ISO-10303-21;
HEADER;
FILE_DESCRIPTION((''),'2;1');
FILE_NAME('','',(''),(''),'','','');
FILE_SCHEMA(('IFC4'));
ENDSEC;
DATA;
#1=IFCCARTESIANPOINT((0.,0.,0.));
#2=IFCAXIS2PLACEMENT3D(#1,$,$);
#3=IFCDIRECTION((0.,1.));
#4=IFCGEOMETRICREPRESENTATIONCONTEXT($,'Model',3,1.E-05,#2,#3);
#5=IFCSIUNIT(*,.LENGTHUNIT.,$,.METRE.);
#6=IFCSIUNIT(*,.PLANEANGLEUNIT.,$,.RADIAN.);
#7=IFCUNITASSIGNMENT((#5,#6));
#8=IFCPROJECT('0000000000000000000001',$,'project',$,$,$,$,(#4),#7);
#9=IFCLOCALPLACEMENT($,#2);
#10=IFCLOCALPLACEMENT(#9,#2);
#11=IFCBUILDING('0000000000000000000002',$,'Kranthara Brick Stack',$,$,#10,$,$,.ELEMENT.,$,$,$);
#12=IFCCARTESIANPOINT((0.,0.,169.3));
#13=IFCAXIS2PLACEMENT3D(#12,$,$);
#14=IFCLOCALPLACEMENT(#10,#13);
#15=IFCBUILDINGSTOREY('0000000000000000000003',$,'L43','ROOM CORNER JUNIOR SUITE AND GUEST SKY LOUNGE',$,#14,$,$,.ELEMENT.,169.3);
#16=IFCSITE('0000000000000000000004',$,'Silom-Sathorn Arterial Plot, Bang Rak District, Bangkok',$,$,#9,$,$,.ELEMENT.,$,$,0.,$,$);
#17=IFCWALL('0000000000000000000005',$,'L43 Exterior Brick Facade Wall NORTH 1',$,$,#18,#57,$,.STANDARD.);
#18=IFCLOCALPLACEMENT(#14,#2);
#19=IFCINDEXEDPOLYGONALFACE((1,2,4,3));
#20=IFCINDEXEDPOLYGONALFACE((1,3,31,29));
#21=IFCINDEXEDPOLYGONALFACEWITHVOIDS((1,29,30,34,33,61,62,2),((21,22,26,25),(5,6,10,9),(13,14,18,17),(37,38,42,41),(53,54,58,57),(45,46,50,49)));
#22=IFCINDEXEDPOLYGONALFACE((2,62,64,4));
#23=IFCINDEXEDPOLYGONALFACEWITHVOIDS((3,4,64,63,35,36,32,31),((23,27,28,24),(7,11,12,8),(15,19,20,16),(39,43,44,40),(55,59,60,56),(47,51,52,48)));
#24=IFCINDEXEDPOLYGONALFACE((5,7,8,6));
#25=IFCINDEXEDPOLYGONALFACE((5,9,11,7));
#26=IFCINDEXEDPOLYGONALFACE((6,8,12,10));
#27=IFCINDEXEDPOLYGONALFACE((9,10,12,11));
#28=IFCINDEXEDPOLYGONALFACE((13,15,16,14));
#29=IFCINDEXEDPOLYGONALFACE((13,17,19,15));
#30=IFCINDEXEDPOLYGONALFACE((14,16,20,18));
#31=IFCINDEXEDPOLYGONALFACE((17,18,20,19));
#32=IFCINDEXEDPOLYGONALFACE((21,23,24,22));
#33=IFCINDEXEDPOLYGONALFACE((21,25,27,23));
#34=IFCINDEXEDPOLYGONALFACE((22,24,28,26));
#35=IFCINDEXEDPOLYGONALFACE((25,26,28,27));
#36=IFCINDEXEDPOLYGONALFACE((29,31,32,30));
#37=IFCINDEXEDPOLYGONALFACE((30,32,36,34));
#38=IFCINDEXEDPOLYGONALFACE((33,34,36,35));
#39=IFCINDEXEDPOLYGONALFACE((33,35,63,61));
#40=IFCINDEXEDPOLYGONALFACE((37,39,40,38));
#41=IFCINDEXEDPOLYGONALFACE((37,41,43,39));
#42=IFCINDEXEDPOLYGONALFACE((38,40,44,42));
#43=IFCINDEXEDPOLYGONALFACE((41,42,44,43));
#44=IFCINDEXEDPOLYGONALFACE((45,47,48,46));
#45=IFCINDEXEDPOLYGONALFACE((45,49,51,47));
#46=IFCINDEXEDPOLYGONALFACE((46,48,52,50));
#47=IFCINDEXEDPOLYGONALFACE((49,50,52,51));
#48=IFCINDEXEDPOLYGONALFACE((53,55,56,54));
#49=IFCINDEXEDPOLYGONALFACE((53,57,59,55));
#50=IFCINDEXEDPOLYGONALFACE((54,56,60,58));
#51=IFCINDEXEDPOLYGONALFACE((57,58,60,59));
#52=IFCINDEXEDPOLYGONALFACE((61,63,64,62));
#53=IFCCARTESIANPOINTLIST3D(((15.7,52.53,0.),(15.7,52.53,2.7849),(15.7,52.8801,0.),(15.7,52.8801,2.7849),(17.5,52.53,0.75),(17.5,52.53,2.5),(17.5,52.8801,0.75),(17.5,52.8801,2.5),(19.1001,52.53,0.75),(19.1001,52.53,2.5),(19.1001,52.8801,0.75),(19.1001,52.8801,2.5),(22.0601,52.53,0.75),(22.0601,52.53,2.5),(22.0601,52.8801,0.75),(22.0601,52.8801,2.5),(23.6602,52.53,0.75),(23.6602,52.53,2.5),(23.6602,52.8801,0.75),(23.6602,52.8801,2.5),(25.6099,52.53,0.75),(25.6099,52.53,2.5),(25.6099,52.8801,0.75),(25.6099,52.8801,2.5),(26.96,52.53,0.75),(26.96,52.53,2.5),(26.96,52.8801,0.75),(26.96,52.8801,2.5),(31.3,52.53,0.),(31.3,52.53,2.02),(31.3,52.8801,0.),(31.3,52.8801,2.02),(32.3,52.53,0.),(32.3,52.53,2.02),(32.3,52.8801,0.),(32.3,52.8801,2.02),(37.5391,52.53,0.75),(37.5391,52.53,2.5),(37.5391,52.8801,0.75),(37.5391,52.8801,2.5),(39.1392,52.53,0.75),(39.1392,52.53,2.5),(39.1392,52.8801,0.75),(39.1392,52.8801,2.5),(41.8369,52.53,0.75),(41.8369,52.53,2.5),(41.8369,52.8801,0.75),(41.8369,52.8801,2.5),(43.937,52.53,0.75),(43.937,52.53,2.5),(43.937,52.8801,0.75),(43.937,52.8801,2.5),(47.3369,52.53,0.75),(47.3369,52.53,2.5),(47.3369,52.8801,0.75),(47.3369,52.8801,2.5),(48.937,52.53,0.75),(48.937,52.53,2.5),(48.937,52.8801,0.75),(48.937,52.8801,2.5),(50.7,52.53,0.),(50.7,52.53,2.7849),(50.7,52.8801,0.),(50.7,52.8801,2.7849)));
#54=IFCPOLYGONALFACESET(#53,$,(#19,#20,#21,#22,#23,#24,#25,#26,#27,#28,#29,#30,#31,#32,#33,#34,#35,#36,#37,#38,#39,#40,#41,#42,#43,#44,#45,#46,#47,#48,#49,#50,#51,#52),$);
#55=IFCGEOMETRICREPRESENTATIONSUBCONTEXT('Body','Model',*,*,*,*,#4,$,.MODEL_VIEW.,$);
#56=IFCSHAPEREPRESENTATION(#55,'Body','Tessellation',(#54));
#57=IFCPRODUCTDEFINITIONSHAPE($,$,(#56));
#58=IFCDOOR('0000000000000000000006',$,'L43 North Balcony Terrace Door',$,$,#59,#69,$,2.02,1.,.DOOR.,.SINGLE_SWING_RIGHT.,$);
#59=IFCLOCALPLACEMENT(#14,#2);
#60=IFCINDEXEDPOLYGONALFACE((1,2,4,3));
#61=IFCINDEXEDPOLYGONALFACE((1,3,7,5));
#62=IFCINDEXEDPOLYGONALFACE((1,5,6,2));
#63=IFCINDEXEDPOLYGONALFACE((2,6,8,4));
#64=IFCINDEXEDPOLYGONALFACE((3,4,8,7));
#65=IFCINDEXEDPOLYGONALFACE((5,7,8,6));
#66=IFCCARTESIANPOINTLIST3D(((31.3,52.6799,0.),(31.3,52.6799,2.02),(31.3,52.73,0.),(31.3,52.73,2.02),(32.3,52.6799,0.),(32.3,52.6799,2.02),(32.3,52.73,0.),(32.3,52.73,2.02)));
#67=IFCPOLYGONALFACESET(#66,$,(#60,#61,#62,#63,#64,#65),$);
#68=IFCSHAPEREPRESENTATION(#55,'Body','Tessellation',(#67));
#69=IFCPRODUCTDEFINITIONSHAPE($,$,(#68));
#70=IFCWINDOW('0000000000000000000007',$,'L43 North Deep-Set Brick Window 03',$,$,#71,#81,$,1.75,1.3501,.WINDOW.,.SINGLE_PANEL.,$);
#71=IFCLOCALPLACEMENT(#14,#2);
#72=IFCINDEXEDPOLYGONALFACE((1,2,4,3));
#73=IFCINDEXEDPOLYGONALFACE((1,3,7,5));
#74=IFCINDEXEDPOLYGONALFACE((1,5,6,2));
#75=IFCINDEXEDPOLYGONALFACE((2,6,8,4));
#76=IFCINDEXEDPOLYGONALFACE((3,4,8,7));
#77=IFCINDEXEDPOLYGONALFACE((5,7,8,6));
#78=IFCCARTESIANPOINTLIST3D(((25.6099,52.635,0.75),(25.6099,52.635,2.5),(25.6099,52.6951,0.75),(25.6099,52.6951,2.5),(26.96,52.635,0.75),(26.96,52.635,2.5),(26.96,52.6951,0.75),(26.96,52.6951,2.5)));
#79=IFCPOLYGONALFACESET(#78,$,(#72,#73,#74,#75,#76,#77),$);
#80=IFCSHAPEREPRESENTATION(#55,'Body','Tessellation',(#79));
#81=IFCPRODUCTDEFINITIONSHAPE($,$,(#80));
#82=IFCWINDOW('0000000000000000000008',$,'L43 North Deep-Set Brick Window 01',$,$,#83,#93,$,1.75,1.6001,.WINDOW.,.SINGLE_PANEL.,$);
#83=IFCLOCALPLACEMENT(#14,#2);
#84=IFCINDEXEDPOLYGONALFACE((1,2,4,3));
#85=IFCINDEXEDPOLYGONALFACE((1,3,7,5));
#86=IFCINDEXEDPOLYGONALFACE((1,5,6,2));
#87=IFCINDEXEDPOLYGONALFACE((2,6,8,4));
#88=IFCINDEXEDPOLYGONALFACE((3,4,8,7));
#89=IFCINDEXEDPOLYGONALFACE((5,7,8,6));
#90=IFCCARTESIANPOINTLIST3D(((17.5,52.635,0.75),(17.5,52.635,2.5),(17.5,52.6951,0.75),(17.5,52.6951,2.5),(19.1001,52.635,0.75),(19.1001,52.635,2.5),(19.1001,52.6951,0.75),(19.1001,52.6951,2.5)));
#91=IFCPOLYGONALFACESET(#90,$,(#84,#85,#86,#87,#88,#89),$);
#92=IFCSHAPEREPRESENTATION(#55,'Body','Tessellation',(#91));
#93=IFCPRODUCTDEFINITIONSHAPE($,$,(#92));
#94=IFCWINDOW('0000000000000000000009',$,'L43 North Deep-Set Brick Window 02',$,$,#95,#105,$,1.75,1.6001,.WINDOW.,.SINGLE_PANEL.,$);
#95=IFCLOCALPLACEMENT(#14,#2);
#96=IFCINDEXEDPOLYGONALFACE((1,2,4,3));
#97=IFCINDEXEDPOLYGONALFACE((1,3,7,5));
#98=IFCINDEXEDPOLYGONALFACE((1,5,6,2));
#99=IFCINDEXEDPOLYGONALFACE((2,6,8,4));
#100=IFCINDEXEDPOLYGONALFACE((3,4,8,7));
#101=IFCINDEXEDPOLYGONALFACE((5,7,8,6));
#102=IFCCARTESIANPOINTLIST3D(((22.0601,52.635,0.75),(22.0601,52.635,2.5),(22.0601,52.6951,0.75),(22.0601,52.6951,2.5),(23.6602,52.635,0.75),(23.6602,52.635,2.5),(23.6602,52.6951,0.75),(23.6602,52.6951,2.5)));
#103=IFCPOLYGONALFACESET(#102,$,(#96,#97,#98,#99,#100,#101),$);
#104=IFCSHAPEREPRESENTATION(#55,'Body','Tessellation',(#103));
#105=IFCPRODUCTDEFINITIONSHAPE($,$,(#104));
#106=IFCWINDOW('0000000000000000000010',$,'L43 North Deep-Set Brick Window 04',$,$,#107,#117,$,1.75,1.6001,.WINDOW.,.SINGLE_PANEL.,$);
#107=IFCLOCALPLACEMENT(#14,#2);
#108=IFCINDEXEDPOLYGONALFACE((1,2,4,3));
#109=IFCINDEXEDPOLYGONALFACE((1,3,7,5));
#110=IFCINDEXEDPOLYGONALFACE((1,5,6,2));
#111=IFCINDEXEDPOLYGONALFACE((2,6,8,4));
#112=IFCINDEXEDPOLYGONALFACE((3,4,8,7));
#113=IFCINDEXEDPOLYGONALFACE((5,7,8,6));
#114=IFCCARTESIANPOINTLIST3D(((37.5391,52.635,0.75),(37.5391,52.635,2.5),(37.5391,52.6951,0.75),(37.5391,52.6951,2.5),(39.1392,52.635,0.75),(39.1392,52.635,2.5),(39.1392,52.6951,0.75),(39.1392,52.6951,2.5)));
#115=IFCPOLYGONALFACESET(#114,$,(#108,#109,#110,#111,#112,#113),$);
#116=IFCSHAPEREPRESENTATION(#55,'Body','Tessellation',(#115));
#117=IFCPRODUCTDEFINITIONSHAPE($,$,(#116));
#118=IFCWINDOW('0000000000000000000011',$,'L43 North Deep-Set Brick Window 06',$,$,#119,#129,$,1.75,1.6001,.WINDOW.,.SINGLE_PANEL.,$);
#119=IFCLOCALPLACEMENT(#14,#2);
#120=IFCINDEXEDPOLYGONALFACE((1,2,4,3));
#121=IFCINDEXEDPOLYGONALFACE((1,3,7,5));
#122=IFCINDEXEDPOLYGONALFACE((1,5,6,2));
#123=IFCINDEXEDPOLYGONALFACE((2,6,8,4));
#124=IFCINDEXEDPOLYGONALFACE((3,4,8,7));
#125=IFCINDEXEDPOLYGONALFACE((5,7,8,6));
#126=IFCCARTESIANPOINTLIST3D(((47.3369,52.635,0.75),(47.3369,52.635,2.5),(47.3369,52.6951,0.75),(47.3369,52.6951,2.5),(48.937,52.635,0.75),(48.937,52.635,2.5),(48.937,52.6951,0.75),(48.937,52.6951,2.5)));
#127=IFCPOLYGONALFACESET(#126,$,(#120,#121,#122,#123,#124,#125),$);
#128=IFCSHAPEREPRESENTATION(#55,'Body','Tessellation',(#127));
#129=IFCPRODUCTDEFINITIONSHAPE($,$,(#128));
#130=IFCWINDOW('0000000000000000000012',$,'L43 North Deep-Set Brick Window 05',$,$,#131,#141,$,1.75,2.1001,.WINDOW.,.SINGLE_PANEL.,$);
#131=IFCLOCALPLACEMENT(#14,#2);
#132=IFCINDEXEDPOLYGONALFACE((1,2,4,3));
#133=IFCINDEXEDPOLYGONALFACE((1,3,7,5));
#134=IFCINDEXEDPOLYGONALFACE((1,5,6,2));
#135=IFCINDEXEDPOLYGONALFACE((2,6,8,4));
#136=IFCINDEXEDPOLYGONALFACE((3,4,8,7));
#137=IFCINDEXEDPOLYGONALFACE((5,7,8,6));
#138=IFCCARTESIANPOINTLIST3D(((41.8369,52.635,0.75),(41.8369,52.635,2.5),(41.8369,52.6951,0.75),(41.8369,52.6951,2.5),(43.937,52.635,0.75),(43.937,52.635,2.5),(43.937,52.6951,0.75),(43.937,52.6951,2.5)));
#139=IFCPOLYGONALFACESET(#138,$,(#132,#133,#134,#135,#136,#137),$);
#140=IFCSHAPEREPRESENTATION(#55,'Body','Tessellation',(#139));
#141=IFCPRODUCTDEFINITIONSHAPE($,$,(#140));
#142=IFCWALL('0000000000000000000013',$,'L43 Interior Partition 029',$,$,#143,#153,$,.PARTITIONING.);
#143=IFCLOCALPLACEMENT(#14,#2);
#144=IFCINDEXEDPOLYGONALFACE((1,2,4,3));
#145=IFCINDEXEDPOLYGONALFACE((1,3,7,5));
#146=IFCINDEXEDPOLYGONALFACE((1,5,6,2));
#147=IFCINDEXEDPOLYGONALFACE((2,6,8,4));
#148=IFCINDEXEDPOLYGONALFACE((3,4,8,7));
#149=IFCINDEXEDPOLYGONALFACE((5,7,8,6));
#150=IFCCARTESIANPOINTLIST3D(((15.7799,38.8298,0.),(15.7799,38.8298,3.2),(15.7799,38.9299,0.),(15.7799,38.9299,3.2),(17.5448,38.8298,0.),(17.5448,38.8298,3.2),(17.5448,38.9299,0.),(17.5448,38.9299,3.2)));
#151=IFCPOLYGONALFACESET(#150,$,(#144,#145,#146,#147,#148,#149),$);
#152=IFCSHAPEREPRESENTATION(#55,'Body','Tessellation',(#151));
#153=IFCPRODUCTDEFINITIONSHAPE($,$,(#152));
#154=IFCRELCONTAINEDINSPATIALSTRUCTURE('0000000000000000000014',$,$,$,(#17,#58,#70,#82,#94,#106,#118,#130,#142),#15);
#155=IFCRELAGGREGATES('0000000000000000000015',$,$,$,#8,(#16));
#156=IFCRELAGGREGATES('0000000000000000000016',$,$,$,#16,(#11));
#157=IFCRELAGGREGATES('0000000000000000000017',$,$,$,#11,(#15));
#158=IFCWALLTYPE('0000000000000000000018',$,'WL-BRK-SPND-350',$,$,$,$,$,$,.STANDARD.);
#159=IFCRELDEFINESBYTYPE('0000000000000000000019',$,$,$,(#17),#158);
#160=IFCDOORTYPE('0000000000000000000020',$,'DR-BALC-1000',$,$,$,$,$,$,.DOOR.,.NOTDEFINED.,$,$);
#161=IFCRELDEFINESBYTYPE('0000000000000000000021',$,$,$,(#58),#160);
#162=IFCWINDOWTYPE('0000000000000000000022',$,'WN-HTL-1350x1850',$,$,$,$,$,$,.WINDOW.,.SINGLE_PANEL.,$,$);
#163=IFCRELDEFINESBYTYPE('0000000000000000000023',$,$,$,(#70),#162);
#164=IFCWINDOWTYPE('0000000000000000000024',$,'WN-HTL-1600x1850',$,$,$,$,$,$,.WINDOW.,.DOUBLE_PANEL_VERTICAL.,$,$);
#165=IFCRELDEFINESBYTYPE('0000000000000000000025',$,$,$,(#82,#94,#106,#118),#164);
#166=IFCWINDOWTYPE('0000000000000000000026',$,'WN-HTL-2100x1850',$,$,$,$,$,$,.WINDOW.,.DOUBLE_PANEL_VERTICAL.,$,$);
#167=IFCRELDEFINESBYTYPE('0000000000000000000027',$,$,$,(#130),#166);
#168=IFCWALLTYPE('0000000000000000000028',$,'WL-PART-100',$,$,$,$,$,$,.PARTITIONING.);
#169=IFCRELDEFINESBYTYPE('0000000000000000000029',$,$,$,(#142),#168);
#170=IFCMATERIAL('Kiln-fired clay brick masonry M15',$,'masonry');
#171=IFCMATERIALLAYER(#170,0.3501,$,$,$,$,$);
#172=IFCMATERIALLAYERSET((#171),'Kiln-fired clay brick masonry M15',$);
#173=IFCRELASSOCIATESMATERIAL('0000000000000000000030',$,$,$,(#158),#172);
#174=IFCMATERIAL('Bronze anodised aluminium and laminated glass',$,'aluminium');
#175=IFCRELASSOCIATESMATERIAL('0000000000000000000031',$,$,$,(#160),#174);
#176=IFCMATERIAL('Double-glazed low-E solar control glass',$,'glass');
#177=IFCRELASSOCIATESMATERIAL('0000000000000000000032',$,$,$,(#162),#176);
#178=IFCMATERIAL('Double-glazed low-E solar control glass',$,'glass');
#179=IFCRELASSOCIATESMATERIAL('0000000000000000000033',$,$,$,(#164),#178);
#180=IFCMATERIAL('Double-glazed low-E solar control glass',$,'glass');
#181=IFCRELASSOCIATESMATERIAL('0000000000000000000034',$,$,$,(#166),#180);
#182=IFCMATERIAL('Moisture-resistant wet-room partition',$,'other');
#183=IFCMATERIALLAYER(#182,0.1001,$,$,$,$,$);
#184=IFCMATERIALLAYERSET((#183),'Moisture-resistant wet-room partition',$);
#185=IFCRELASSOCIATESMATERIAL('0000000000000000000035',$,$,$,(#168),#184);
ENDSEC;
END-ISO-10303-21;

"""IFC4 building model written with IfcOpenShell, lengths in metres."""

from ifc_helpers import new_model, si_unit, direction, frame, frame_2d, origin, place, context, subcontext, project, spatial, rectangle, extrude, material, layer, layer_set, type_object, element, fill, save


model = new_model("IFC4")

# Units and contexts
model_context = context("Model", 3, precision=1e-05, world=origin(), true_north=direction((0.0, 1.0)))
body_context = subcontext(model_context, "Body", "Model", "MODEL_VIEW")
ifc_project = project(units=[si_unit("LENGTHUNIT", "METRE"), si_unit("PLANEANGLEUNIT", "RADIAN")], contexts=[model_context])

# Site, building, storey
site_placement = place(None, origin())
site = spatial("IfcSite", under=ifc_project, at=site_placement, Name="Silom-Sathorn Arterial Plot, Bang Rak District, Bangkok", CompositionType="ELEMENT", RefElevation=0.0)
building_placement = place(site_placement, origin())
building = spatial("IfcBuilding", under=site, at=building_placement, Name="Kranthara Brick Stack", CompositionType="ELEMENT")
storey_placement = place(building_placement, frame((0.0, 0.0, 169.3)))
storey = spatial("IfcBuildingStorey", under=building, at=storey_placement, Name="L43", Description="ROOM CORNER JUNIOR SUITE AND GUEST SKY LOUNGE", CompositionType="ELEMENT", Elevation=169.3)

# Shared definitions
ifc_material_1 = material(Name="Kiln-fired clay brick masonry M15", Category="masonry")
ifc_layer_1 = layer(ifc_material_1, 0.3501)
ifc_layer_set_1 = layer_set([ifc_layer_1], Name="Kiln-fired clay brick masonry M15")
wall_type_1 = type_object("IfcWallType", Name="WL-BRK-SPND-350", PredefinedType="STANDARD", material=ifc_layer_set_1)

# Wall, openings, door, windows
wall_1_placement = place(storey_placement, frame((15.7, 52.7051, 0.0), z_axis=(0.0, 0.0, 1.0), x_axis=(1.0, 0.0, 0.0)))
wall_1 = element("IfcWall", 1, at=wall_1_placement, inside=storey, type_object=wall_type_1, Name="L43 Exterior Brick Facade Wall NORTH 1", PredefinedType="STANDARD", context=body_context, shape_type="SweptSolid", body=[
    extrude(rectangle(XDim=35.0, YDim=0.3501, at=frame_2d((17.5, 0.0))), origin(), (0.0, 0.0, 1.0), 2.7849),
])
opening_1_placement = place(wall_1_placement, frame((15.6001, 0.0, 0.0)))
opening_1 = element("IfcOpeningElement", 2, at=opening_1_placement, cuts=wall_1, PredefinedType="OPENING", context=body_context, shape_type="SweptSolid", body=[
    extrude(rectangle(XDim=1.0, YDim=2.02, at=frame_2d((0.5, 1.01))), frame((0.0, 0.1851, 0.0), z_axis=(0.0, -1.0, 0.0), x_axis=(1.0, 0.0, 0.0)), (0.0, 0.0, 1.0), 0.3701),
])
opening_2_placement = place(wall_1_placement, frame((1.8, 0.0, 0.75)))
opening_2 = element("IfcOpeningElement", 3, at=opening_2_placement, cuts=wall_1, PredefinedType="OPENING", context=body_context, shape_type="SweptSolid", body=[
    extrude(rectangle(XDim=1.6001, YDim=1.75, at=frame_2d((0.8, 0.875))), frame((0.0, 0.1851, 0.0), z_axis=(0.0, -1.0, 0.0), x_axis=(1.0, 0.0, 0.0)), (0.0, 0.0, 1.0), 0.3701),
])
opening_3_placement = place(wall_1_placement, frame((6.3601, 0.0, 0.75)))
opening_3 = element("IfcOpeningElement", 4, at=opening_3_placement, cuts=wall_1, PredefinedType="OPENING", context=body_context, shape_type="SweptSolid", body=[
    extrude(rectangle(XDim=1.6001, YDim=1.75, at=frame_2d((0.8, 0.875))), frame((0.0, 0.1851, 0.0), z_axis=(0.0, -1.0, 0.0), x_axis=(1.0, 0.0, 0.0)), (0.0, 0.0, 1.0), 0.3701),
])
opening_4_placement = place(wall_1_placement, frame((9.9099, 0.0, 0.75)))
opening_4 = element("IfcOpeningElement", 5, at=opening_4_placement, cuts=wall_1, PredefinedType="OPENING", context=body_context, shape_type="SweptSolid", body=[
    extrude(rectangle(XDim=1.3501, YDim=1.75, at=frame_2d((0.675, 0.875))), frame((0.0, 0.1851, 0.0), z_axis=(0.0, -1.0, 0.0), x_axis=(1.0, 0.0, 0.0)), (0.0, 0.0, 1.0), 0.3701),
])
opening_5_placement = place(wall_1_placement, frame((21.8391, 0.0, 0.75)))
opening_5 = element("IfcOpeningElement", 6, at=opening_5_placement, cuts=wall_1, PredefinedType="OPENING", context=body_context, shape_type="SweptSolid", body=[
    extrude(rectangle(XDim=1.6001, YDim=1.75, at=frame_2d((0.8, 0.875))), frame((0.0, 0.1851, 0.0), z_axis=(0.0, -1.0, 0.0), x_axis=(1.0, 0.0, 0.0)), (0.0, 0.0, 1.0), 0.3701),
])
opening_6_placement = place(wall_1_placement, frame((26.137, 0.0, 0.75)))
opening_6 = element("IfcOpeningElement", 7, at=opening_6_placement, cuts=wall_1, PredefinedType="OPENING", context=body_context, shape_type="SweptSolid", body=[
    extrude(rectangle(XDim=2.1001, YDim=1.75, at=frame_2d((1.05, 0.875))), frame((0.0, 0.1851, 0.0), z_axis=(0.0, -1.0, 0.0), x_axis=(1.0, 0.0, 0.0)), (0.0, 0.0, 1.0), 0.3701),
])
opening_7_placement = place(wall_1_placement, frame((31.637, 0.0, 0.75)))
opening_7 = element("IfcOpeningElement", 8, at=opening_7_placement, cuts=wall_1, PredefinedType="OPENING", context=body_context, shape_type="SweptSolid", body=[
    extrude(rectangle(XDim=1.6001, YDim=1.75, at=frame_2d((0.8, 0.875))), frame((0.0, 0.1851, 0.0), z_axis=(0.0, -1.0, 0.0), x_axis=(1.0, 0.0, 0.0)), (0.0, 0.0, 1.0), 0.3701),
])
ifc_material_2 = material(Name="Bronze anodised aluminium and laminated glass", Category="aluminium")
door_type = type_object("IfcDoorType", Name="DR-BALC-1000", OperationType="NOTDEFINED", PredefinedType="DOOR", material=ifc_material_2)
door_placement = place(opening_1_placement, origin())
door = element("IfcDoor", 9, at=door_placement, inside=storey, type_object=door_type, Name="L43 North Balcony Terrace Door", OperationType="SINGLE_SWING_RIGHT", OverallHeight=2.02, OverallWidth=1.0, PredefinedType="DOOR", context=body_context, shape_type="SweptSolid", body=[
    extrude(rectangle(XDim=1.0, YDim=2.02, at=frame_2d((0.5, 1.01))), frame((0.0, 0.0249, 0.0), z_axis=(0.0, -1.0, 0.0), x_axis=(1.0, 0.0, 0.0)), (0.0, 0.0, 1.0), 0.05),
])
fill(opening_1, door)
ifc_material_3 = material(Name="Double-glazed low-E solar control glass", Category="glass")
window_type_1 = type_object("IfcWindowType", Name="WN-HTL-1350x1850", PartitioningType="SINGLE_PANEL", PredefinedType="WINDOW", material=ifc_material_3)
window_1_placement = place(opening_4_placement, origin())
window_1 = element("IfcWindow", 10, at=window_1_placement, inside=storey, type_object=window_type_1, Name="L43 North Deep-Set Brick Window 03", OverallHeight=1.75, OverallWidth=1.3501, PartitioningType="SINGLE_PANEL", PredefinedType="WINDOW", context=body_context, shape_type="SweptSolid", body=[
    extrude(rectangle(XDim=1.3501, YDim=1.75, at=frame_2d((0.675, 0.875))), frame((0.0, -0.01, 0.0), z_axis=(0.0, -1.0, 0.0), x_axis=(1.0, 0.0, 0.0)), (0.0, 0.0, 1.0), 0.0601),
])
fill(opening_4, window_1)
ifc_material_4 = material(Name="Double-glazed low-E solar control glass", Category="glass")
window_type_2 = type_object("IfcWindowType", Name="WN-HTL-1600x1850", PartitioningType="DOUBLE_PANEL_VERTICAL", PredefinedType="WINDOW", material=ifc_material_4)
window_2_placement = place(opening_2_placement, origin())
window_2 = element("IfcWindow", 11, at=window_2_placement, inside=storey, type_object=window_type_2, Name="L43 North Deep-Set Brick Window 01", OverallHeight=1.75, OverallWidth=1.6001, PartitioningType="SINGLE_PANEL", PredefinedType="WINDOW", context=body_context, shape_type="SweptSolid", body=[
    extrude(rectangle(XDim=1.6001, YDim=1.75, at=frame_2d((0.8, 0.875))), frame((0.0, -0.01, 0.0), z_axis=(0.0, -1.0, 0.0), x_axis=(1.0, 0.0, 0.0)), (0.0, 0.0, 1.0), 0.0601),
])
fill(opening_2, window_2)
window_3_placement = place(opening_3_placement, origin())
window_3 = element("IfcWindow", 12, at=window_3_placement, inside=storey, type_object=window_type_2, Name="L43 North Deep-Set Brick Window 02", OverallHeight=1.75, OverallWidth=1.6001, PartitioningType="SINGLE_PANEL", PredefinedType="WINDOW", context=body_context, shape_type="SweptSolid", body=[
    extrude(rectangle(XDim=1.6001, YDim=1.75, at=frame_2d((0.8, 0.875))), frame((0.0, -0.01, 0.0), z_axis=(0.0, -1.0, 0.0), x_axis=(1.0, 0.0, 0.0)), (0.0, 0.0, 1.0), 0.0601),
])
fill(opening_3, window_3)
window_4_placement = place(opening_5_placement, origin())
window_4 = element("IfcWindow", 13, at=window_4_placement, inside=storey, type_object=window_type_2, Name="L43 North Deep-Set Brick Window 04", OverallHeight=1.75, OverallWidth=1.6001, PartitioningType="SINGLE_PANEL", PredefinedType="WINDOW", context=body_context, shape_type="SweptSolid", body=[
    extrude(rectangle(XDim=1.6001, YDim=1.75, at=frame_2d((0.8, 0.875))), frame((0.0, -0.01, 0.0), z_axis=(0.0, -1.0, 0.0), x_axis=(1.0, 0.0, 0.0)), (0.0, 0.0, 1.0), 0.0601),
])
fill(opening_5, window_4)
window_5_placement = place(opening_7_placement, origin())
window_5 = element("IfcWindow", 14, at=window_5_placement, inside=storey, type_object=window_type_2, Name="L43 North Deep-Set Brick Window 06", OverallHeight=1.75, OverallWidth=1.6001, PartitioningType="SINGLE_PANEL", PredefinedType="WINDOW", context=body_context, shape_type="SweptSolid", body=[
    extrude(rectangle(XDim=1.6001, YDim=1.75, at=frame_2d((0.8, 0.875))), frame((0.0, -0.01, 0.0), z_axis=(0.0, -1.0, 0.0), x_axis=(1.0, 0.0, 0.0)), (0.0, 0.0, 1.0), 0.0601),
])
fill(opening_7, window_5)
ifc_material_5 = material(Name="Double-glazed low-E solar control glass", Category="glass")
window_type_3 = type_object("IfcWindowType", Name="WN-HTL-2100x1850", PartitioningType="DOUBLE_PANEL_VERTICAL", PredefinedType="WINDOW", material=ifc_material_5)
window_6_placement = place(opening_6_placement, origin())
window_6 = element("IfcWindow", 15, at=window_6_placement, inside=storey, type_object=window_type_3, Name="L43 North Deep-Set Brick Window 05", OverallHeight=1.75, OverallWidth=2.1001, PartitioningType="SINGLE_PANEL", PredefinedType="WINDOW", context=body_context, shape_type="SweptSolid", body=[
    extrude(rectangle(XDim=2.1001, YDim=1.75, at=frame_2d((1.05, 0.875))), frame((0.0, -0.01, 0.0), z_axis=(0.0, -1.0, 0.0), x_axis=(1.0, 0.0, 0.0)), (0.0, 0.0, 1.0), 0.0601),
])
fill(opening_6, window_6)

# Wall
ifc_material_6 = material(Name="Moisture-resistant wet-room partition", Category="other")
ifc_layer_2 = layer(ifc_material_6, 0.1001)
ifc_layer_set_2 = layer_set([ifc_layer_2], Name="Moisture-resistant wet-room partition")
wall_type_2 = type_object("IfcWallType", Name="WL-PART-100", PredefinedType="PARTITIONING", material=ifc_layer_set_2)
wall_2_placement = place(storey_placement, frame((15.78, 38.8799, 0.0), z_axis=(0.0, 0.0, 1.0), x_axis=(1.0, 0.0, 0.0)))
element("IfcWall", 16, at=wall_2_placement, inside=storey, type_object=wall_type_2, Name="L43 Interior Partition 029", PredefinedType="PARTITIONING", context=body_context, shape_type="SweptSolid", body=[
    extrude(rectangle(XDim=1.7649, YDim=0.1001, at=frame_2d((0.8823, 0.0))), origin(), (0.0, 0.0, 1.0), 3.2),
])

save(model, "model.ifc")
